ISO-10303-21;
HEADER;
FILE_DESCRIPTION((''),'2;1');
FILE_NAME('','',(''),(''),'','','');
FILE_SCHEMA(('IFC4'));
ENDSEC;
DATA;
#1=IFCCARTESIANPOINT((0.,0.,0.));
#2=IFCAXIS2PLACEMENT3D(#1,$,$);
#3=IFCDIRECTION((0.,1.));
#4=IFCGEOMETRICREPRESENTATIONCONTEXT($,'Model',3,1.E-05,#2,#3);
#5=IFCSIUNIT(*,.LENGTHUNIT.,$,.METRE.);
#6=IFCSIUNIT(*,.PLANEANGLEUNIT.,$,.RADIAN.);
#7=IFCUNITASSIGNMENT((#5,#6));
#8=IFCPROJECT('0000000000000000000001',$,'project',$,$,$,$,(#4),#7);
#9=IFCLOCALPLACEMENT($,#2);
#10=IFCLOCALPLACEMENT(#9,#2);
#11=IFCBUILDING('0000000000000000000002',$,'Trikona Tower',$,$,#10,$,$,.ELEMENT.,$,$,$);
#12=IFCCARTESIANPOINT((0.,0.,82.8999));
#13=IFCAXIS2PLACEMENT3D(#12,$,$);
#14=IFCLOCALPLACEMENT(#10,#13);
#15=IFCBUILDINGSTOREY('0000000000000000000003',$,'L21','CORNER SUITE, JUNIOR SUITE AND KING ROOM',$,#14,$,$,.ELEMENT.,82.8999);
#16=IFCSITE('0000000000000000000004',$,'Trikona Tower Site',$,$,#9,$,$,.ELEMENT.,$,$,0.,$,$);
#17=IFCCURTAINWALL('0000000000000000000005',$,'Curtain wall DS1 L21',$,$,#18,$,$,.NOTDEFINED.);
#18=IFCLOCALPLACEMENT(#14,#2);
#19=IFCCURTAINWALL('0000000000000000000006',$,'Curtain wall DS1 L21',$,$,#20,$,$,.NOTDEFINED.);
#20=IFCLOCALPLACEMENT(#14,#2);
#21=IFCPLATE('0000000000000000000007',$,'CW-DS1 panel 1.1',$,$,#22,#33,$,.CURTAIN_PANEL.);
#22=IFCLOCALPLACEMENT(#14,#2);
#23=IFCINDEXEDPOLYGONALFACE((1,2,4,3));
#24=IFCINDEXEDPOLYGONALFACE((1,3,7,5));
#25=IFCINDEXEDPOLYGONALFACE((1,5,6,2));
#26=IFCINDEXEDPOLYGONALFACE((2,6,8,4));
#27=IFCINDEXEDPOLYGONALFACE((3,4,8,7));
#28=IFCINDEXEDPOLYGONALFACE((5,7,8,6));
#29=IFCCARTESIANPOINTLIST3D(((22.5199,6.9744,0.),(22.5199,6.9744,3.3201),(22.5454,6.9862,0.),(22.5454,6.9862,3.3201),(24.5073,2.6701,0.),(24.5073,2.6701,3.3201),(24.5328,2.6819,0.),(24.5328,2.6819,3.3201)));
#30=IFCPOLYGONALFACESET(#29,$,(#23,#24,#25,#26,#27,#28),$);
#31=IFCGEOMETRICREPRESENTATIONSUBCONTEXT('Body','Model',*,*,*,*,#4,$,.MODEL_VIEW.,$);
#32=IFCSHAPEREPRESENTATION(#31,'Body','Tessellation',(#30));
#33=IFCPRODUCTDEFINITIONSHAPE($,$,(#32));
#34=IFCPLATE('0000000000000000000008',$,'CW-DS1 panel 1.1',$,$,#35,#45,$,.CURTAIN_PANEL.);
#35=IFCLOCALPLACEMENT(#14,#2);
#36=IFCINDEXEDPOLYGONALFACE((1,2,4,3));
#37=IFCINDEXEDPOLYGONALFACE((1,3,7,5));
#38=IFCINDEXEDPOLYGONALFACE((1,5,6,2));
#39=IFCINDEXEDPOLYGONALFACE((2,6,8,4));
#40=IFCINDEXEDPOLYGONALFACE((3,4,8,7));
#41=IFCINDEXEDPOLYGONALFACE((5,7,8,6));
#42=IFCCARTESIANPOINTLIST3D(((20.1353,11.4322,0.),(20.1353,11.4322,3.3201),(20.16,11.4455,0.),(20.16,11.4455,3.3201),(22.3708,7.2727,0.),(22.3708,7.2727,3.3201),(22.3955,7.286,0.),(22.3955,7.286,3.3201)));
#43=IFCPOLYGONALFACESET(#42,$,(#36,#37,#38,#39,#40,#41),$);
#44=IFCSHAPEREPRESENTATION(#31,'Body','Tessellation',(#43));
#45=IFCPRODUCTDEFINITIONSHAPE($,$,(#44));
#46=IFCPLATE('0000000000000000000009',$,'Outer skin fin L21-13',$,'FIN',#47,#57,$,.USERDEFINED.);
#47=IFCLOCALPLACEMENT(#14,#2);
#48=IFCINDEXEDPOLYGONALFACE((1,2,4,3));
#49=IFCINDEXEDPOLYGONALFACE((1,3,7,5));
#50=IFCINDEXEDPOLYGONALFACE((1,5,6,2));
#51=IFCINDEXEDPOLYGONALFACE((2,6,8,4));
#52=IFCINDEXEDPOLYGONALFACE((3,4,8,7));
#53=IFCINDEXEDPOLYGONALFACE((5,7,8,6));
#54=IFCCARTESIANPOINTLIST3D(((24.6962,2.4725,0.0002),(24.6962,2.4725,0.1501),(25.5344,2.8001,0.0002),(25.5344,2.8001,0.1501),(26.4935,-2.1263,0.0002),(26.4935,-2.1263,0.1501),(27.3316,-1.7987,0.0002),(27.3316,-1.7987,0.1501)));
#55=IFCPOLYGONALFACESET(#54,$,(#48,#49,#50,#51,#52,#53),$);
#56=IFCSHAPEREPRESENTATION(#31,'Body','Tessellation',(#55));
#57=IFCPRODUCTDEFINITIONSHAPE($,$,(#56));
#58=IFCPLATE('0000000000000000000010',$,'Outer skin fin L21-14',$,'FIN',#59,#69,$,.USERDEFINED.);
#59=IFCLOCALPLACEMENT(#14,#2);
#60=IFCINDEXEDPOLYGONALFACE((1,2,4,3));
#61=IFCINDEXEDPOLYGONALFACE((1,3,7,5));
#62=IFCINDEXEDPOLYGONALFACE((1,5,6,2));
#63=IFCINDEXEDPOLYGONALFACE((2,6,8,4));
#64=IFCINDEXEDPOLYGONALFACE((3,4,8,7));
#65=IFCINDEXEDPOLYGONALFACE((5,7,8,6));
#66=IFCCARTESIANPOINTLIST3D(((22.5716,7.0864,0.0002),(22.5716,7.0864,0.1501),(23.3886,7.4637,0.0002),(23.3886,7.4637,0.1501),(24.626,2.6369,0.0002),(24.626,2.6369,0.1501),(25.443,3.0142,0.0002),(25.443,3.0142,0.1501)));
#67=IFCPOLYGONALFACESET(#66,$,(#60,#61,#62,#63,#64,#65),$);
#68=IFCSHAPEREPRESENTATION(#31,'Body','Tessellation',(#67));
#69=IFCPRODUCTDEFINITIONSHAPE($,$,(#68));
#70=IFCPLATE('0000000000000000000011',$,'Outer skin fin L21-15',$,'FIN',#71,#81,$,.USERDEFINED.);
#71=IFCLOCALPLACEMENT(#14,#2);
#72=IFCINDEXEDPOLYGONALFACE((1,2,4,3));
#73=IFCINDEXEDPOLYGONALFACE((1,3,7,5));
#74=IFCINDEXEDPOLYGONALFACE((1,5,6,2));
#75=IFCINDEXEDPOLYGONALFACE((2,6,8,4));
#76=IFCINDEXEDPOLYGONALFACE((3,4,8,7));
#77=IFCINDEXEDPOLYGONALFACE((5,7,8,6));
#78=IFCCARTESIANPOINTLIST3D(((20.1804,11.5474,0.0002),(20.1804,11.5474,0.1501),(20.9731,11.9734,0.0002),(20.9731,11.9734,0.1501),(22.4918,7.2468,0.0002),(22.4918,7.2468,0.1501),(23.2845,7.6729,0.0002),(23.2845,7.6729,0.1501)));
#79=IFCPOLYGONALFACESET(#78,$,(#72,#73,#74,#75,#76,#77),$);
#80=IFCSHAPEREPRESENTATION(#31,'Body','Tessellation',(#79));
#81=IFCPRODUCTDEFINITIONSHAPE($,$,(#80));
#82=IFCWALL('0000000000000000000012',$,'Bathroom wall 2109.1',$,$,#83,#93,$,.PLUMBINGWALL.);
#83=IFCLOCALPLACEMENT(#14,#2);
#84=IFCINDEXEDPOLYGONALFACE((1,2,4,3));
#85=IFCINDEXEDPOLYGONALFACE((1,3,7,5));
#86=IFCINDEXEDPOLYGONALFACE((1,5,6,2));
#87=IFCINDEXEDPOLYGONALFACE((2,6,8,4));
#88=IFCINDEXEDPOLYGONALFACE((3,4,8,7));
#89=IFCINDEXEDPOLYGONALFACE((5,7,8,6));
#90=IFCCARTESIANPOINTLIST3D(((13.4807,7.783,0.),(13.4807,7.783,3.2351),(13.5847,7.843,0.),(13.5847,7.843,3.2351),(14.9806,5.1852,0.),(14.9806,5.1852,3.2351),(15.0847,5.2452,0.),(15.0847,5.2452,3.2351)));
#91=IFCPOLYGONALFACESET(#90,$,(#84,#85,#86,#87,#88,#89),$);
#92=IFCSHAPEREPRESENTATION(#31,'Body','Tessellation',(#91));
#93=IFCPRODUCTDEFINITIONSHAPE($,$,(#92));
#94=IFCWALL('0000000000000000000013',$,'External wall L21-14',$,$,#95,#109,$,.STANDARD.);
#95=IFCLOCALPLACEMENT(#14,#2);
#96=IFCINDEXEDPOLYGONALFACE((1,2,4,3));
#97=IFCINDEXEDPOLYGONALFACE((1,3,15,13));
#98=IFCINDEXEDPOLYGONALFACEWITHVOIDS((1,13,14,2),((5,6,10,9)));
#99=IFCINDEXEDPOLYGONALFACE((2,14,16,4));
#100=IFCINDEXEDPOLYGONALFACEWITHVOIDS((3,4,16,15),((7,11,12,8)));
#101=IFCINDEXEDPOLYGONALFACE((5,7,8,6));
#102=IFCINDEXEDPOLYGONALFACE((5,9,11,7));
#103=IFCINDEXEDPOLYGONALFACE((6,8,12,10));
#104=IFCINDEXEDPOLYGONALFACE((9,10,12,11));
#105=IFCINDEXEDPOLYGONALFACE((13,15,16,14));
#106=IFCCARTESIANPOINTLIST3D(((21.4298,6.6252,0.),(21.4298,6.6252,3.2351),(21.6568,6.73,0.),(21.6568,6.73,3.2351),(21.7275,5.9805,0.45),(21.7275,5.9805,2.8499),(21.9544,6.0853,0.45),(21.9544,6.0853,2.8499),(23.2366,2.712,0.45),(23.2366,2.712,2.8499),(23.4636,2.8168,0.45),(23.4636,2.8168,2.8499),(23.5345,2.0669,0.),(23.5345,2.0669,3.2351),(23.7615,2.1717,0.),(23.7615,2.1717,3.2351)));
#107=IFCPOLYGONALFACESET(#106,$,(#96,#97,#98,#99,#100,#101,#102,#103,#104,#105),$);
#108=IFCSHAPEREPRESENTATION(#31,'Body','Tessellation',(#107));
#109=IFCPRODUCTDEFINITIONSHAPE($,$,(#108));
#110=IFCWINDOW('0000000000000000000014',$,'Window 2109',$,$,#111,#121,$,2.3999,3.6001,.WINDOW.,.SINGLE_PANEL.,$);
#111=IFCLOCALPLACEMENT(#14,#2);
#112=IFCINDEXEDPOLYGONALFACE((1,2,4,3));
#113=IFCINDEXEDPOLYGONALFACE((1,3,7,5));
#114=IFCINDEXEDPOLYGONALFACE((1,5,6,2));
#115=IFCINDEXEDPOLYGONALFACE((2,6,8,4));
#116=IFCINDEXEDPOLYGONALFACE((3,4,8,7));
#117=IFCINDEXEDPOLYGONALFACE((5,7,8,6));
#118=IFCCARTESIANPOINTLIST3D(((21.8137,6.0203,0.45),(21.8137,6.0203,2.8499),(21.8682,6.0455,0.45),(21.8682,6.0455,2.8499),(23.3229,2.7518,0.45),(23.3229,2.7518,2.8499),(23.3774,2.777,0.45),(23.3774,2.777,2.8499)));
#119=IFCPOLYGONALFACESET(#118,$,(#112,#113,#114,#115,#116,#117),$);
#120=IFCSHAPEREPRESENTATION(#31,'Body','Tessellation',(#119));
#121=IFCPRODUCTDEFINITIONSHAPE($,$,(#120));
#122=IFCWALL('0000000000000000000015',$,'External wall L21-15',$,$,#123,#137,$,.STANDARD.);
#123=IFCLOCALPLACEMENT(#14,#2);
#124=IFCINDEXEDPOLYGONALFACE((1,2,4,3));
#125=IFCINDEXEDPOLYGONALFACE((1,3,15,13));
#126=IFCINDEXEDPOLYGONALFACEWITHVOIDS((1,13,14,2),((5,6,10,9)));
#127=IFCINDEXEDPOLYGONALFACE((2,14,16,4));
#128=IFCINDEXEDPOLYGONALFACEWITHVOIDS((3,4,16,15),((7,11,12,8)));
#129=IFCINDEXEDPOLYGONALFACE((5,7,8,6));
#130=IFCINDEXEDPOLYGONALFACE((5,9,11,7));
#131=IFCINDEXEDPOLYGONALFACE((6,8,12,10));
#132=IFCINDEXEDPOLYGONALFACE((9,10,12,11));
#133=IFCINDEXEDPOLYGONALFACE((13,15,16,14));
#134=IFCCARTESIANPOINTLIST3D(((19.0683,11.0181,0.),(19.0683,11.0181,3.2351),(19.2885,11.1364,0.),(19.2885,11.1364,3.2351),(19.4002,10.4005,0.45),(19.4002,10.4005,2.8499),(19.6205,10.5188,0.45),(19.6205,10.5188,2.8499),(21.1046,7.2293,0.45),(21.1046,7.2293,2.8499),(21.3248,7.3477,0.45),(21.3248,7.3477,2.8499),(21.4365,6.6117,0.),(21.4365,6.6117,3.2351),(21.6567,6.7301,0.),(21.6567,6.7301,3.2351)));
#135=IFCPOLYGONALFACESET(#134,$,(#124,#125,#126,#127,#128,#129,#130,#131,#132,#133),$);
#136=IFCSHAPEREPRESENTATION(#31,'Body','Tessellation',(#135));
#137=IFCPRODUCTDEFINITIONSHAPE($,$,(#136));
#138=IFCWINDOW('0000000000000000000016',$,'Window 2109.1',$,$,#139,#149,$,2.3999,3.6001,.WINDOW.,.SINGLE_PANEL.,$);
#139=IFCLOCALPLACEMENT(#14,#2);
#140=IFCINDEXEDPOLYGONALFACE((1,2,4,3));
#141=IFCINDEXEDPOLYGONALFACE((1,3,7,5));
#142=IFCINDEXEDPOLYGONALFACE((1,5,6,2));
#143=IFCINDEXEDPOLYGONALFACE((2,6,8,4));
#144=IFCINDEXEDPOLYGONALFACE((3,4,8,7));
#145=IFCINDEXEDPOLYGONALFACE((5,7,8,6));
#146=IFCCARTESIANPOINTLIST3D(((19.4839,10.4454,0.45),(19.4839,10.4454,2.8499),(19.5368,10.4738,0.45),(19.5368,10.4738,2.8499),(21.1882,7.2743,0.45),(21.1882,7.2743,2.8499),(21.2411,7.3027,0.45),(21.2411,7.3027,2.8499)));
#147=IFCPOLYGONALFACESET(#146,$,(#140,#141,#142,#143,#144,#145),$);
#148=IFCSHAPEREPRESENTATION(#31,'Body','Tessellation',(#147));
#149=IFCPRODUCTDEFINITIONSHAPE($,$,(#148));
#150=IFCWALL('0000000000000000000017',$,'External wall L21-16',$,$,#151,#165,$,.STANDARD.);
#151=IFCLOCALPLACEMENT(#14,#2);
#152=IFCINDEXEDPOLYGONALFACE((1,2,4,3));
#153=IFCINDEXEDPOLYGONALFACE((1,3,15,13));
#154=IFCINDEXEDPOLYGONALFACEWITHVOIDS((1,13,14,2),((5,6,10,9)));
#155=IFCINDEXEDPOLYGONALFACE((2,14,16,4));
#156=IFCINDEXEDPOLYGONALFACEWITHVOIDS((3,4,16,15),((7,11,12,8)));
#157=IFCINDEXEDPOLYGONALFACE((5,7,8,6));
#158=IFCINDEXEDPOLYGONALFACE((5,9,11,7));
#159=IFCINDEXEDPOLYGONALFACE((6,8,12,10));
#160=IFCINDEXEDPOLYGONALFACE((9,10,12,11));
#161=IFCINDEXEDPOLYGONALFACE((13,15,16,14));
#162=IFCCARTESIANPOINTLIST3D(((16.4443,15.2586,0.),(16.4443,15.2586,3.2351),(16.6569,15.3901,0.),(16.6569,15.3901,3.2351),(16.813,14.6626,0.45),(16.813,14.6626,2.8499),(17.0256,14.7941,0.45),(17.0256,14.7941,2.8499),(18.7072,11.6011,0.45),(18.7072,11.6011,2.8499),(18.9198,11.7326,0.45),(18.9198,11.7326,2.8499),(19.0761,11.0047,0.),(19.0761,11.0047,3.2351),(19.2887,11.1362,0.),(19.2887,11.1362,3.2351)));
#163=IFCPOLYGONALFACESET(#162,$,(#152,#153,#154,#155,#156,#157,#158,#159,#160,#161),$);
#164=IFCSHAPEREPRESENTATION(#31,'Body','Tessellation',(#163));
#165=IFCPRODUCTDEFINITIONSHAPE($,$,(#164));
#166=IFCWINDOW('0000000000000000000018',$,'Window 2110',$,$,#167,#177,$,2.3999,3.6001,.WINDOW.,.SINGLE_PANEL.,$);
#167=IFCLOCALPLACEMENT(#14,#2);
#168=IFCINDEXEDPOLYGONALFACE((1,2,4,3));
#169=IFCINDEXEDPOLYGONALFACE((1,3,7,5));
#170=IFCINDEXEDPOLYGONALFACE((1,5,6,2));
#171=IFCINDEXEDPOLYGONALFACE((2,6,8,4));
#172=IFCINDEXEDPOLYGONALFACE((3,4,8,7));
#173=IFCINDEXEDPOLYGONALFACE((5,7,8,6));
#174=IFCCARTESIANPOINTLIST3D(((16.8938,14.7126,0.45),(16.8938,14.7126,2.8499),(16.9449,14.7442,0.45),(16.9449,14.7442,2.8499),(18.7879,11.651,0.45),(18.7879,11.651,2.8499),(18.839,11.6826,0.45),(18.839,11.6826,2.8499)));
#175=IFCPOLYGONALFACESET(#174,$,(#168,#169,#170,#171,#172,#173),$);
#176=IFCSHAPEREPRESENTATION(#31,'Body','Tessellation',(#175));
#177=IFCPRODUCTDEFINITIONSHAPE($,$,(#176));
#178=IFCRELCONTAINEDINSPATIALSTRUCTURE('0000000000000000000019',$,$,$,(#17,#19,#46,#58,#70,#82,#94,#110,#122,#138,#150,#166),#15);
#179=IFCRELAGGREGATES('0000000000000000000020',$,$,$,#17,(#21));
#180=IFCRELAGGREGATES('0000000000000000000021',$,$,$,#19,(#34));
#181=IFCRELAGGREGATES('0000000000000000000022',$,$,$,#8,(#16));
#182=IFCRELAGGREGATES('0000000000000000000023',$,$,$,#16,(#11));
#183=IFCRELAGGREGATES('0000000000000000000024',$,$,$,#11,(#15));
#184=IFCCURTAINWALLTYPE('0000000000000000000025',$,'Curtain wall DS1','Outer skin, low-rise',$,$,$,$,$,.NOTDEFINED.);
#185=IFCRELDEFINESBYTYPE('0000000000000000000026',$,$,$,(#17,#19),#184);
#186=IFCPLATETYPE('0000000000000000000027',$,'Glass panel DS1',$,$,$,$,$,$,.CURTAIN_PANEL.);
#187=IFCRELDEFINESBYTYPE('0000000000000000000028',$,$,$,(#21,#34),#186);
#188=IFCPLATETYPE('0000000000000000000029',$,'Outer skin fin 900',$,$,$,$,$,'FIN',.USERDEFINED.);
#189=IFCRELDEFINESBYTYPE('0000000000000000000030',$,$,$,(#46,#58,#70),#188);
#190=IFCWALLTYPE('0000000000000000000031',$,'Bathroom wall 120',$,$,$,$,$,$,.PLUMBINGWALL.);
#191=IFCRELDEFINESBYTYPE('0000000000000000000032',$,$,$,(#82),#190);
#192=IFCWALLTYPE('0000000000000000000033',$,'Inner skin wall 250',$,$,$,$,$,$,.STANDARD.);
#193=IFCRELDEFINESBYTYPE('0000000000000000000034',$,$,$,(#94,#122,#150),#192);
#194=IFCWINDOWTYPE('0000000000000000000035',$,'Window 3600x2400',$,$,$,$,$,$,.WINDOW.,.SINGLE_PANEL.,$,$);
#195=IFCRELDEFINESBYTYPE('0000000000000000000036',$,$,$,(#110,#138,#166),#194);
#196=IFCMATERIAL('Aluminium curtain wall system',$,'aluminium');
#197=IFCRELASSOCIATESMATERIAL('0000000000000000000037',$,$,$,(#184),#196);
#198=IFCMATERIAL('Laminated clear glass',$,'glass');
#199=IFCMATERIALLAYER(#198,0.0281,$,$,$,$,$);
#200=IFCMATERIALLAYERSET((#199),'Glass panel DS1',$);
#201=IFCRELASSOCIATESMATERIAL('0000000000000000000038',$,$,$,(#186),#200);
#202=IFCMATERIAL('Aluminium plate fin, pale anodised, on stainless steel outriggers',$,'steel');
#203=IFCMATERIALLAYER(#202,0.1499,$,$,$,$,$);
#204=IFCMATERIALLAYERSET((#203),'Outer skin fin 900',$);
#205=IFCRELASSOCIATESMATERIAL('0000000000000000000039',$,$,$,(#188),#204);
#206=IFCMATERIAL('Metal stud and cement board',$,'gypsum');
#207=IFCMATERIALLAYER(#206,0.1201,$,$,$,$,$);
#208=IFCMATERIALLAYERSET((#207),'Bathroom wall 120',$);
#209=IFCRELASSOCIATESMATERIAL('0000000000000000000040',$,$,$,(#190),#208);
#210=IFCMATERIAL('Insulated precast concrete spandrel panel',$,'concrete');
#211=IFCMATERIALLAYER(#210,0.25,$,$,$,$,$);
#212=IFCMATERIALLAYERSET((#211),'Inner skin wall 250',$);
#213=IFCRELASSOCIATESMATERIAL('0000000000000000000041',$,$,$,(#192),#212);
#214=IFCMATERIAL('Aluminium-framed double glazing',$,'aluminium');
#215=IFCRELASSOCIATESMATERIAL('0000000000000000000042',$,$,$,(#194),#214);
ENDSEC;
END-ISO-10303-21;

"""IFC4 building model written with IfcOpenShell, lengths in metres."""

from ifc_helpers import new_model, si_unit, direction, frame, frame_2d, origin, origin_2d, place, context, subcontext, project, spatial, rectangle, extrude, material, layer, layer_set, type_object, element, fill, aggregate, save


model = new_model("IFC4")

# Units and contexts
model_context = context("Model", 3, precision=1e-05, world=origin(), true_north=direction((0.0, 1.0)))
body_context = subcontext(model_context, "Body", "Model", "MODEL_VIEW")
ifc_project = project(units=[si_unit("LENGTHUNIT", "METRE"), si_unit("PLANEANGLEUNIT", "RADIAN")], contexts=[model_context])

# Site, building, storey
site_placement = place(None, origin())
site = spatial("IfcSite", under=ifc_project, at=site_placement, Name="Trikona Tower Site", CompositionType="ELEMENT", RefElevation=0.0)
building_placement = place(site_placement, origin())
building = spatial("IfcBuilding", under=site, at=building_placement, Name="Trikona Tower", CompositionType="ELEMENT")
storey_placement = place(building_placement, frame((0.0, 0.0, 82.8999)))
storey = spatial("IfcBuildingStorey", under=building, at=storey_placement, Name="L21", Description="CORNER SUITE, JUNIOR SUITE AND KING ROOM", CompositionType="ELEMENT", Elevation=82.8999)

# Shared definitions
ifc_material_1 = material(Name="Aluminium curtain wall system", Category="aluminium")
curtain_wall_type = type_object("IfcCurtainWallType", Name="Curtain wall DS1", Description="Outer skin, low-rise", PredefinedType="NOTDEFINED", material=ifc_material_1)

# Curtain wall
curtain_wall_1_placement = place(storey_placement, origin())
curtain_wall_1 = element("IfcCurtainWall", 1, at=curtain_wall_1_placement, inside=storey, type_object=curtain_wall_type, Name="Curtain wall DS1 L21", PredefinedType="NOTDEFINED")

# Curtain wall
curtain_wall_2_placement = place(storey_placement, origin())
curtain_wall_2 = element("IfcCurtainWall", 2, at=curtain_wall_2_placement, inside=storey, type_object=curtain_wall_type, Name="Curtain wall DS1 L21", PredefinedType="NOTDEFINED")

# Plates
ifc_material_2 = material(Name="Laminated clear glass", Category="glass")
ifc_layer_1 = layer(ifc_material_2, 0.0281)
ifc_layer_set_1 = layer_set([ifc_layer_1], Name="Glass panel DS1")
plate_type_1 = type_object("IfcPlateType", Name="Glass panel DS1", PredefinedType="CURTAIN_PANEL", material=ifc_layer_set_1)
plate_1_placement = place(storey_placement, frame((23.5264, 4.8281, 0.0), z_axis=(0.0, 0.0, 1.0), x_axis=(-0.41919, 0.907898, 0.0)))
plate_1 = element("IfcPlate", 3, at=plate_1_placement, type_object=plate_type_1, Name="CW-DS1 panel 1.1", PredefinedType="CURTAIN_PANEL", context=body_context, shape_type="SweptSolid", body=[
    extrude(rectangle(XDim=4.741, YDim=0.0281, at=origin_2d()), origin(), (0.0, 0.0, 1.0), 3.3201),
])
aggregate(curtain_wall_1, [plate_1])
plate_2_placement = place(storey_placement, frame((21.2654, 9.3591, 0.0), z_axis=(0.0, 0.0, 1.0), x_axis=(-0.473408, 0.880843, 0.0)))
plate_2 = element("IfcPlate", 4, at=plate_2_placement, type_object=plate_type_1, Name="CW-DS1 panel 1.1", PredefinedType="CURTAIN_PANEL", context=body_context, shape_type="SweptSolid", body=[
    extrude(rectangle(XDim=4.7222, YDim=0.0281, at=origin_2d()), origin(), (0.0, 0.0, 1.0), 3.3201),
])
aggregate(curtain_wall_2, [plate_2])

# Plates
ifc_material_3 = material(Name="Aluminium plate fin, pale anodised, on stainless steel outriggers", Category="steel")
ifc_layer_2 = layer(ifc_material_3, 0.1499)
ifc_layer_set_2 = layer_set([ifc_layer_2], Name="Outer skin fin 900")
plate_type_2 = type_object("IfcPlateType", Name="Outer skin fin 900", ElementType="FIN", PredefinedType="USERDEFINED", material=ifc_layer_set_2)
plate_3_placement = place(storey_placement, frame((26.0139, 0.3369, 0.0002), z_axis=(0.0, 0.0, 1.0), x_axis=(-0.364009, 0.931395, 0.0)))
element("IfcPlate", 5, at=plate_3_placement, inside=storey, type_object=plate_type_2, Name="Outer skin fin L21-13", ObjectType="FIN", PredefinedType="USERDEFINED", context=body_context, shape_type="SweptSolid", body=[
    extrude(rectangle(XDim=4.9375, YDim=0.8999, at=origin_2d()), origin(), (0.0, 0.0, 1.0), 0.1499),
])
plate_4_placement = place(storey_placement, frame((24.0073, 5.0503, 0.0002), z_axis=(0.0, 0.0, 1.0), x_axis=(-0.419194, 0.907897, 0.0)))
element("IfcPlate", 6, at=plate_4_placement, inside=storey, type_object=plate_type_2, Name="Outer skin fin L21-14", ObjectType="FIN", PredefinedType="USERDEFINED", context=body_context, shape_type="SweptSolid", body=[
    extrude(rectangle(XDim=4.9009, YDim=0.8999, at=origin_2d()), origin(), (0.0, 0.0, 1.0), 0.1499),
])
plate_5_placement = place(storey_placement, frame((21.7324, 9.6101, 0.0002), z_axis=(0.0, 0.0, 1.0), x_axis=(-0.473423, 0.880835, 0.0)))
element("IfcPlate", 7, at=plate_5_placement, inside=storey, type_object=plate_type_2, Name="Outer skin fin L21-15", ObjectType="FIN", PredefinedType="USERDEFINED", context=body_context, shape_type="SweptSolid", body=[
    extrude(rectangle(XDim=4.8823, YDim=0.8999, at=origin_2d()), origin(), (0.0, 0.0, 1.0), 0.1499),
])

# Wall
ifc_material_4 = material(Name="Metal stud and cement board", Category="gypsum")
ifc_layer_3 = layer(ifc_material_4, 0.1201)
ifc_layer_set_3 = layer_set([ifc_layer_3], Name="Bathroom wall 120")
wall_type_1 = type_object("IfcWallType", Name="Bathroom wall 120", PredefinedType="PLUMBINGWALL", material=ifc_layer_set_3)
wall_1_placement = place(storey_placement, frame((15.0327, 5.2151, 0.0), z_axis=(0.0, 0.0, 1.0), x_axis=(-0.500025, 0.866011, 0.0)))
element("IfcWall", 8, at=wall_1_placement, inside=storey, type_object=wall_type_1, Name="Bathroom wall 2109.1", PredefinedType="PLUMBINGWALL", context=body_context, shape_type="SweptSolid", body=[
    extrude(rectangle(XDim=2.9998, YDim=0.1201, at=frame_2d((1.5, 0.0))), origin(), (0.0, 0.0, 1.0), 3.2351),
])

# Walls, openings, windows
ifc_material_5 = material(Name="Insulated precast concrete spandrel panel", Category="concrete")
ifc_layer_4 = layer(ifc_material_5, 0.25)
ifc_layer_set_4 = layer_set([ifc_layer_4], Name="Inner skin wall 250")
wall_type_2 = type_object("IfcWallType", Name="Inner skin wall 250", PredefinedType="STANDARD", material=ifc_layer_set_4)
wall_2_placement = place(storey_placement, frame((23.6479, 2.1194, 0.0), z_axis=(0.0, 0.0, 1.0), x_axis=(-0.419203, 0.907892, 0.0)))
wall_2 = element("IfcWall", 9, at=wall_2_placement, inside=storey, type_object=wall_type_2, Name="External wall L21-14", PredefinedType="STANDARD", context=body_context, shape_type="SweptSolid", body=[
    extrude(rectangle(XDim=5.0208, YDim=0.25, at=frame_2d((2.5103, 0.0))), origin(), (0.0, 0.0, 1.0), 3.2351),
])
opening_1_placement = place(wall_2_placement, frame((0.7104, 0.0, 0.45)))
opening_1 = element("IfcOpeningElement", 10, at=opening_1_placement, cuts=wall_2, PredefinedType="OPENING", context=body_context, shape_type="SweptSolid", body=[
    extrude(rectangle(XDim=3.6001, YDim=2.3999, at=frame_2d((1.8, 1.2))), frame((0.0, 0.135, 0.0), z_axis=(0.0, -1.0, 0.0), x_axis=(1.0, 0.0, 0.0)), (0.0, 0.0, 1.0), 0.27),
])
ifc_material_6 = material(Name="Aluminium-framed double glazing", Category="aluminium")
window_type = type_object("IfcWindowType", Name="Window 3600x2400", PartitioningType="SINGLE_PANEL", PredefinedType="WINDOW", material=ifc_material_6)
window_1_placement = place(opening_1_placement, origin())
window_1 = element("IfcWindow", 11, at=window_1_placement, inside=storey, type_object=window_type, Name="Window 2109", OverallHeight=2.3999, OverallWidth=3.6001, PartitioningType="SINGLE_PANEL", PredefinedType="WINDOW", context=body_context, shape_type="SweptSolid", body=[
    extrude(rectangle(XDim=3.6001, YDim=2.3999, at=frame_2d((1.8, 1.2))), frame((0.0, 0.03, 0.0), z_axis=(0.0, -1.0, 0.0), x_axis=(1.0, 0.0, 0.0)), (0.0, 0.0, 1.0), 0.0601),
])
fill(opening_1, window_1)
wall_3_placement = place(storey_placement, frame((21.5466, 6.6709, 0.0), z_axis=(0.0, 0.0, 1.0), x_axis=(-0.473413, 0.880841, 0.0)))
wall_3 = element("IfcWall", 12, at=wall_3_placement, inside=storey, type_object=wall_type_2, Name="External wall L21-15", PredefinedType="STANDARD", context=body_context, shape_type="SweptSolid", body=[
    extrude(rectangle(XDim=5.0024, YDim=0.25, at=frame_2d((2.5012, 0.0))), origin(), (0.0, 0.0, 1.0), 3.2351),
])
opening_2_placement = place(wall_3_placement, frame((0.7012, 0.0, 0.45)))
opening_2 = element("IfcOpeningElement", 13, at=opening_2_placement, cuts=wall_3, PredefinedType="OPENING", context=body_context, shape_type="SweptSolid", body=[
    extrude(rectangle(XDim=3.6001, YDim=2.3999, at=frame_2d((1.8, 1.2))), frame((0.0, 0.135, 0.0), z_axis=(0.0, -1.0, 0.0), x_axis=(1.0, 0.0, 0.0)), (0.0, 0.0, 1.0), 0.27),
])
window_2_placement = place(opening_2_placement, origin())
window_2 = element("IfcWindow", 14, at=window_2_placement, inside=storey, type_object=window_type, Name="Window 2109.1", OverallHeight=2.3999, OverallWidth=3.6001, PartitioningType="SINGLE_PANEL", PredefinedType="WINDOW", context=body_context, shape_type="SweptSolid", body=[
    extrude(rectangle(XDim=3.6001, YDim=2.3999, at=frame_2d((1.8, 1.2))), frame((0.0, 0.03, 0.0), z_axis=(0.0, -1.0, 0.0), x_axis=(1.0, 0.0, 0.0)), (0.0, 0.0, 1.0), 0.0601),
])
fill(opening_2, window_2)
wall_4_placement = place(storey_placement, frame((19.1824, 11.0706, 0.0), z_axis=(0.0, 0.0, 1.0), x_axis=(-0.526133, 0.850402, 0.0)))
wall_4 = element("IfcWall", 15, at=wall_4_placement, inside=storey, type_object=wall_type_2, Name="External wall L21-16", PredefinedType="STANDARD", context=body_context, shape_type="SweptSolid", body=[
    extrude(rectangle(XDim=5.0022, YDim=0.25, at=frame_2d((2.501, 0.0))), origin(), (0.0, 0.0, 1.0), 3.2351),
])
opening_3_placement = place(wall_4_placement, frame((0.7012, 0.0, 0.45)))
opening_3 = element("IfcOpeningElement", 16, at=opening_3_placement, cuts=wall_4, PredefinedType="OPENING", context=body_context, shape_type="SweptSolid", body=[
    extrude(rectangle(XDim=3.6001, YDim=2.3999, at=frame_2d((1.8, 1.2))), frame((0.0, 0.135, 0.0), z_axis=(0.0, -1.0, 0.0), x_axis=(1.0, 0.0, 0.0)), (0.0, 0.0, 1.0), 0.27),
])
window_3_placement = place(opening_3_placement, origin())
window_3 = element("IfcWindow", 17, at=window_3_placement, inside=storey, type_object=window_type, Name="Window 2110", OverallHeight=2.3999, OverallWidth=3.6001, PartitioningType="SINGLE_PANEL", PredefinedType="WINDOW", context=body_context, shape_type="SweptSolid", body=[
    extrude(rectangle(XDim=3.6001, YDim=2.3999, at=frame_2d((1.8, 1.2))), frame((0.0, 0.03, 0.0), z_axis=(0.0, -1.0, 0.0), x_axis=(1.0, 0.0, 0.0)), (0.0, 0.0, 1.0), 0.0601),
])
fill(opening_3, window_3)

save(model, "model.ifc")
